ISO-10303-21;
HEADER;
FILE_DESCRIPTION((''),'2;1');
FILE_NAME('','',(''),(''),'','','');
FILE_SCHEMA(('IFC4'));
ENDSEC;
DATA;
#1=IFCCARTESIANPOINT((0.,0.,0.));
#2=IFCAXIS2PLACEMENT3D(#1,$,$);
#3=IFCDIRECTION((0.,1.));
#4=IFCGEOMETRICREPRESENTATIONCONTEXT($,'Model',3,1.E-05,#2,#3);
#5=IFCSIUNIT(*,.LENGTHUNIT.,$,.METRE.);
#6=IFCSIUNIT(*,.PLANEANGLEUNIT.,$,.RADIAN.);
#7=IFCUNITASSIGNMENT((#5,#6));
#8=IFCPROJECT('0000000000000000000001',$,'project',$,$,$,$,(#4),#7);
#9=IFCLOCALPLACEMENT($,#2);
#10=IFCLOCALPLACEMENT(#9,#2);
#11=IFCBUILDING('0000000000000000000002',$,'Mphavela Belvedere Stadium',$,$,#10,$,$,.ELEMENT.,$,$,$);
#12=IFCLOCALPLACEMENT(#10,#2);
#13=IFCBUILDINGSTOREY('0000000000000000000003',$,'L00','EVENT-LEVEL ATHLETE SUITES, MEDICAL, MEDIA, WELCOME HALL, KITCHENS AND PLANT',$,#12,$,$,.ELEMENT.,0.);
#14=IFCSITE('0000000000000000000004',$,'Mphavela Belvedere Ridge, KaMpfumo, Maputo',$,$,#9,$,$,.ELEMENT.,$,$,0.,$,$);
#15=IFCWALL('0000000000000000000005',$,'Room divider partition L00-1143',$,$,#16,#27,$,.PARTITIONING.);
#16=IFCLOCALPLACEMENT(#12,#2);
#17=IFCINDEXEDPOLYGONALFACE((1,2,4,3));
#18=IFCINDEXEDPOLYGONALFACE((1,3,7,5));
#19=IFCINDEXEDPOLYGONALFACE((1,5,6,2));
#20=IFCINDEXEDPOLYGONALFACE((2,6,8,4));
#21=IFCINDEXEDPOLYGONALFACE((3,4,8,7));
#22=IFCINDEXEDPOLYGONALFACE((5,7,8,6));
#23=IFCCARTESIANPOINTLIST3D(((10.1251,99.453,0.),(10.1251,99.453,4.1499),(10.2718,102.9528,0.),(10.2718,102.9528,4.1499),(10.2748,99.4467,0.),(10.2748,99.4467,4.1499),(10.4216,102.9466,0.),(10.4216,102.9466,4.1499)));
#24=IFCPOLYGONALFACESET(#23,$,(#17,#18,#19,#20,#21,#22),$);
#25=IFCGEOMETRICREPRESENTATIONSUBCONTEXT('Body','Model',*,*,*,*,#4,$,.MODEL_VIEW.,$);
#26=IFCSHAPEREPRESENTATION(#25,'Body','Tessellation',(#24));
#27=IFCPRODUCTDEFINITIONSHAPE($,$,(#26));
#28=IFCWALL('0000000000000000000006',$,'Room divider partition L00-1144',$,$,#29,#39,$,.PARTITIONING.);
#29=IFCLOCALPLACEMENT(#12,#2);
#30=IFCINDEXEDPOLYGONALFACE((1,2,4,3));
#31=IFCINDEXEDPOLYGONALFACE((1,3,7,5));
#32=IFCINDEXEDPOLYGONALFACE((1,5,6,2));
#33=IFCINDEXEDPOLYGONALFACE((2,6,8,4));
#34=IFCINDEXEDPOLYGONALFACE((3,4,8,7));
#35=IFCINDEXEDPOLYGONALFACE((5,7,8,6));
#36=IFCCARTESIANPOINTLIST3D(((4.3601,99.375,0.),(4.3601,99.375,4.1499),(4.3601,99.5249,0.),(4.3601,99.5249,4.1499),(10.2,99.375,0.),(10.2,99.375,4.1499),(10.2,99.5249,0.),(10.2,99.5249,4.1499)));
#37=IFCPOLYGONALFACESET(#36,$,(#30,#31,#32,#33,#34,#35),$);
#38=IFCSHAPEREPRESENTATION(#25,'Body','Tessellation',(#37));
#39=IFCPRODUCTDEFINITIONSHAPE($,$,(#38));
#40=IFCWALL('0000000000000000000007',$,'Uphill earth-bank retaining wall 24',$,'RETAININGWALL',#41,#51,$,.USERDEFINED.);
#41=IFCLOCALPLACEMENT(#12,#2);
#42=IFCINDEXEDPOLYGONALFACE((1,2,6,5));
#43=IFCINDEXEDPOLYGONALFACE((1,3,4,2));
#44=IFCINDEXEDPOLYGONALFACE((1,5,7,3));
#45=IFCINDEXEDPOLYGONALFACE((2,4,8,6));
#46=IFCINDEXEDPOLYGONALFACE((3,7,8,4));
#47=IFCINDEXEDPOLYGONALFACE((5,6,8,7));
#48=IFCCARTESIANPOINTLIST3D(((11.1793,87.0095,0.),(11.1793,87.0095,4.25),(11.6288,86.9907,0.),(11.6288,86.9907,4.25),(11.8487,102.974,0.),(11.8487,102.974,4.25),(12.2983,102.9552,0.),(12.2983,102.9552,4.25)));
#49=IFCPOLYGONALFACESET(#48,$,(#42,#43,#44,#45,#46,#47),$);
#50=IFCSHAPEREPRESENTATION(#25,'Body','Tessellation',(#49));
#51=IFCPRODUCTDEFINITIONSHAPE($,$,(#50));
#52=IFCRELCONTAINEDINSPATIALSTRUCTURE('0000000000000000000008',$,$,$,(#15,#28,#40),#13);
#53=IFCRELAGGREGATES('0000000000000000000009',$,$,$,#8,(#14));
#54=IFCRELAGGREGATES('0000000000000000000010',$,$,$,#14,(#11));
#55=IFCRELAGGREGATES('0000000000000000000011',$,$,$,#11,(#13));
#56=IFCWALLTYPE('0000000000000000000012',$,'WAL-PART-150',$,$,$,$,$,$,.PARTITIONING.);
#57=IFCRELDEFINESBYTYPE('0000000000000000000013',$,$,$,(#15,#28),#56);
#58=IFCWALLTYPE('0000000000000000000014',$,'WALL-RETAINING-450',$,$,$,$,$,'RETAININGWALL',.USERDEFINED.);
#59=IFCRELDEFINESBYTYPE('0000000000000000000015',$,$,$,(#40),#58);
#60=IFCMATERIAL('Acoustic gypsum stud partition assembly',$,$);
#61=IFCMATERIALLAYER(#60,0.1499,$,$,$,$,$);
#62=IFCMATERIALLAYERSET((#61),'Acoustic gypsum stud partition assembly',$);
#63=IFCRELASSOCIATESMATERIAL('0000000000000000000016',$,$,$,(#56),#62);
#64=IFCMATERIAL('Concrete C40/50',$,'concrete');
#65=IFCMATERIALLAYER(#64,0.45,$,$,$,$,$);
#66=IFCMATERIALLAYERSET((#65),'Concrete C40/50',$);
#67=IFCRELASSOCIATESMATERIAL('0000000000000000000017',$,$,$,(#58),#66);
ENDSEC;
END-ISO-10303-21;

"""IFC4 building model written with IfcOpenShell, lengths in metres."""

from ifc_helpers import new_model, si_unit, direction, frame, frame_2d, origin, place, context, subcontext, project, spatial, rectangle, extrude, material, layer, layer_set, type_object, element, save


model = new_model("IFC4")

# Units and contexts
model_context = context("Model", 3, precision=1e-05, world=origin(), true_north=direction((0.0, 1.0)))
body_context = subcontext(model_context, "Body", "Model", "MODEL_VIEW")
ifc_project = project(units=[si_unit("LENGTHUNIT", "METRE"), si_unit("PLANEANGLEUNIT", "RADIAN")], contexts=[model_context])

# Site, building, storey
site_placement = place(None, origin())
site = spatial("IfcSite", under=ifc_project, at=site_placement, Name="Mphavela Belvedere Ridge, KaMpfumo, Maputo", CompositionType="ELEMENT", RefElevation=0.0)
building_placement = place(site_placement, origin())
building = spatial("IfcBuilding", under=site, at=building_placement, Name="Mphavela Belvedere Stadium", CompositionType="ELEMENT")
storey_placement = place(building_placement, origin())
storey = spatial("IfcBuildingStorey", under=building, at=storey_placement, Name="L00", Description="EVENT-LEVEL ATHLETE SUITES, MEDICAL, MEDIA, WELCOME HALL, KITCHENS AND PLANT", CompositionType="ELEMENT", Elevation=0.0)

# Shared definitions
ifc_material_1 = material(Name="Acoustic gypsum stud partition assembly")
ifc_layer_1 = layer(ifc_material_1, 0.1499)
ifc_layer_set_1 = layer_set([ifc_layer_1], Name="Acoustic gypsum stud partition assembly")
wall_type_1 = type_object("IfcWallType", Name="WAL-PART-150", PredefinedType="PARTITIONING", material=ifc_layer_set_1)

# Walls
wall_1_placement = place(storey_placement, frame((10.3467, 102.9497, 0.0), z_axis=(0.0, 0.0, 1.0), x_axis=(-0.041889, -0.999122, 0.0)))
element("IfcWall", 1, at=wall_1_placement, inside=storey, type_object=wall_type_1, Name="Room divider partition L00-1143", PredefinedType="PARTITIONING", context=body_context, shape_type="SweptSolid", body=[
    extrude(rectangle(XDim=3.5029, YDim=0.1499, at=frame_2d((1.7515, 0.0))), origin(), (0.0, 0.0, 1.0), 4.1499),
])
wall_2_placement = place(storey_placement, frame((10.2, 99.45, 0.0), z_axis=(0.0, 0.0, 1.0), x_axis=(-1.0, 0.0, 0.0)))
element("IfcWall", 2, at=wall_2_placement, inside=storey, type_object=wall_type_1, Name="Room divider partition L00-1144", PredefinedType="PARTITIONING", context=body_context, shape_type="SweptSolid", body=[
    extrude(rectangle(XDim=5.8398, YDim=0.1499, at=frame_2d((2.9199, 0.0))), origin(), (0.0, 0.0, 1.0), 4.1499),
])
ifc_material_2 = material(Name="Concrete C40/50", Category="concrete")
ifc_layer_2 = layer(ifc_material_2, 0.45)
ifc_layer_set_2 = layer_set([ifc_layer_2], Name="Concrete C40/50")
wall_type_2 = type_object("IfcWallType", Name="WALL-RETAINING-450", ElementType="RETAININGWALL", PredefinedType="USERDEFINED", material=ifc_layer_set_2)
wall_3_placement = place(storey_placement, frame((12.0735, 102.9646, 0.0), z_axis=(0.0, 0.0, 1.0), x_axis=(-0.041896, -0.999122, 0.0)))
element("IfcWall", 3, at=wall_3_placement, inside=storey, type_object=wall_type_2, Name="Uphill earth-bank retaining wall 24", ObjectType="RETAININGWALL", PredefinedType="USERDEFINED", context=body_context, shape_type="SweptSolid", body=[
    extrude(rectangle(XDim=15.9785, YDim=0.45, at=frame_2d((7.9893, 0.0))), origin(), (0.0, 0.0, 1.0), 4.25),
])

save(model, "model.ifc")
